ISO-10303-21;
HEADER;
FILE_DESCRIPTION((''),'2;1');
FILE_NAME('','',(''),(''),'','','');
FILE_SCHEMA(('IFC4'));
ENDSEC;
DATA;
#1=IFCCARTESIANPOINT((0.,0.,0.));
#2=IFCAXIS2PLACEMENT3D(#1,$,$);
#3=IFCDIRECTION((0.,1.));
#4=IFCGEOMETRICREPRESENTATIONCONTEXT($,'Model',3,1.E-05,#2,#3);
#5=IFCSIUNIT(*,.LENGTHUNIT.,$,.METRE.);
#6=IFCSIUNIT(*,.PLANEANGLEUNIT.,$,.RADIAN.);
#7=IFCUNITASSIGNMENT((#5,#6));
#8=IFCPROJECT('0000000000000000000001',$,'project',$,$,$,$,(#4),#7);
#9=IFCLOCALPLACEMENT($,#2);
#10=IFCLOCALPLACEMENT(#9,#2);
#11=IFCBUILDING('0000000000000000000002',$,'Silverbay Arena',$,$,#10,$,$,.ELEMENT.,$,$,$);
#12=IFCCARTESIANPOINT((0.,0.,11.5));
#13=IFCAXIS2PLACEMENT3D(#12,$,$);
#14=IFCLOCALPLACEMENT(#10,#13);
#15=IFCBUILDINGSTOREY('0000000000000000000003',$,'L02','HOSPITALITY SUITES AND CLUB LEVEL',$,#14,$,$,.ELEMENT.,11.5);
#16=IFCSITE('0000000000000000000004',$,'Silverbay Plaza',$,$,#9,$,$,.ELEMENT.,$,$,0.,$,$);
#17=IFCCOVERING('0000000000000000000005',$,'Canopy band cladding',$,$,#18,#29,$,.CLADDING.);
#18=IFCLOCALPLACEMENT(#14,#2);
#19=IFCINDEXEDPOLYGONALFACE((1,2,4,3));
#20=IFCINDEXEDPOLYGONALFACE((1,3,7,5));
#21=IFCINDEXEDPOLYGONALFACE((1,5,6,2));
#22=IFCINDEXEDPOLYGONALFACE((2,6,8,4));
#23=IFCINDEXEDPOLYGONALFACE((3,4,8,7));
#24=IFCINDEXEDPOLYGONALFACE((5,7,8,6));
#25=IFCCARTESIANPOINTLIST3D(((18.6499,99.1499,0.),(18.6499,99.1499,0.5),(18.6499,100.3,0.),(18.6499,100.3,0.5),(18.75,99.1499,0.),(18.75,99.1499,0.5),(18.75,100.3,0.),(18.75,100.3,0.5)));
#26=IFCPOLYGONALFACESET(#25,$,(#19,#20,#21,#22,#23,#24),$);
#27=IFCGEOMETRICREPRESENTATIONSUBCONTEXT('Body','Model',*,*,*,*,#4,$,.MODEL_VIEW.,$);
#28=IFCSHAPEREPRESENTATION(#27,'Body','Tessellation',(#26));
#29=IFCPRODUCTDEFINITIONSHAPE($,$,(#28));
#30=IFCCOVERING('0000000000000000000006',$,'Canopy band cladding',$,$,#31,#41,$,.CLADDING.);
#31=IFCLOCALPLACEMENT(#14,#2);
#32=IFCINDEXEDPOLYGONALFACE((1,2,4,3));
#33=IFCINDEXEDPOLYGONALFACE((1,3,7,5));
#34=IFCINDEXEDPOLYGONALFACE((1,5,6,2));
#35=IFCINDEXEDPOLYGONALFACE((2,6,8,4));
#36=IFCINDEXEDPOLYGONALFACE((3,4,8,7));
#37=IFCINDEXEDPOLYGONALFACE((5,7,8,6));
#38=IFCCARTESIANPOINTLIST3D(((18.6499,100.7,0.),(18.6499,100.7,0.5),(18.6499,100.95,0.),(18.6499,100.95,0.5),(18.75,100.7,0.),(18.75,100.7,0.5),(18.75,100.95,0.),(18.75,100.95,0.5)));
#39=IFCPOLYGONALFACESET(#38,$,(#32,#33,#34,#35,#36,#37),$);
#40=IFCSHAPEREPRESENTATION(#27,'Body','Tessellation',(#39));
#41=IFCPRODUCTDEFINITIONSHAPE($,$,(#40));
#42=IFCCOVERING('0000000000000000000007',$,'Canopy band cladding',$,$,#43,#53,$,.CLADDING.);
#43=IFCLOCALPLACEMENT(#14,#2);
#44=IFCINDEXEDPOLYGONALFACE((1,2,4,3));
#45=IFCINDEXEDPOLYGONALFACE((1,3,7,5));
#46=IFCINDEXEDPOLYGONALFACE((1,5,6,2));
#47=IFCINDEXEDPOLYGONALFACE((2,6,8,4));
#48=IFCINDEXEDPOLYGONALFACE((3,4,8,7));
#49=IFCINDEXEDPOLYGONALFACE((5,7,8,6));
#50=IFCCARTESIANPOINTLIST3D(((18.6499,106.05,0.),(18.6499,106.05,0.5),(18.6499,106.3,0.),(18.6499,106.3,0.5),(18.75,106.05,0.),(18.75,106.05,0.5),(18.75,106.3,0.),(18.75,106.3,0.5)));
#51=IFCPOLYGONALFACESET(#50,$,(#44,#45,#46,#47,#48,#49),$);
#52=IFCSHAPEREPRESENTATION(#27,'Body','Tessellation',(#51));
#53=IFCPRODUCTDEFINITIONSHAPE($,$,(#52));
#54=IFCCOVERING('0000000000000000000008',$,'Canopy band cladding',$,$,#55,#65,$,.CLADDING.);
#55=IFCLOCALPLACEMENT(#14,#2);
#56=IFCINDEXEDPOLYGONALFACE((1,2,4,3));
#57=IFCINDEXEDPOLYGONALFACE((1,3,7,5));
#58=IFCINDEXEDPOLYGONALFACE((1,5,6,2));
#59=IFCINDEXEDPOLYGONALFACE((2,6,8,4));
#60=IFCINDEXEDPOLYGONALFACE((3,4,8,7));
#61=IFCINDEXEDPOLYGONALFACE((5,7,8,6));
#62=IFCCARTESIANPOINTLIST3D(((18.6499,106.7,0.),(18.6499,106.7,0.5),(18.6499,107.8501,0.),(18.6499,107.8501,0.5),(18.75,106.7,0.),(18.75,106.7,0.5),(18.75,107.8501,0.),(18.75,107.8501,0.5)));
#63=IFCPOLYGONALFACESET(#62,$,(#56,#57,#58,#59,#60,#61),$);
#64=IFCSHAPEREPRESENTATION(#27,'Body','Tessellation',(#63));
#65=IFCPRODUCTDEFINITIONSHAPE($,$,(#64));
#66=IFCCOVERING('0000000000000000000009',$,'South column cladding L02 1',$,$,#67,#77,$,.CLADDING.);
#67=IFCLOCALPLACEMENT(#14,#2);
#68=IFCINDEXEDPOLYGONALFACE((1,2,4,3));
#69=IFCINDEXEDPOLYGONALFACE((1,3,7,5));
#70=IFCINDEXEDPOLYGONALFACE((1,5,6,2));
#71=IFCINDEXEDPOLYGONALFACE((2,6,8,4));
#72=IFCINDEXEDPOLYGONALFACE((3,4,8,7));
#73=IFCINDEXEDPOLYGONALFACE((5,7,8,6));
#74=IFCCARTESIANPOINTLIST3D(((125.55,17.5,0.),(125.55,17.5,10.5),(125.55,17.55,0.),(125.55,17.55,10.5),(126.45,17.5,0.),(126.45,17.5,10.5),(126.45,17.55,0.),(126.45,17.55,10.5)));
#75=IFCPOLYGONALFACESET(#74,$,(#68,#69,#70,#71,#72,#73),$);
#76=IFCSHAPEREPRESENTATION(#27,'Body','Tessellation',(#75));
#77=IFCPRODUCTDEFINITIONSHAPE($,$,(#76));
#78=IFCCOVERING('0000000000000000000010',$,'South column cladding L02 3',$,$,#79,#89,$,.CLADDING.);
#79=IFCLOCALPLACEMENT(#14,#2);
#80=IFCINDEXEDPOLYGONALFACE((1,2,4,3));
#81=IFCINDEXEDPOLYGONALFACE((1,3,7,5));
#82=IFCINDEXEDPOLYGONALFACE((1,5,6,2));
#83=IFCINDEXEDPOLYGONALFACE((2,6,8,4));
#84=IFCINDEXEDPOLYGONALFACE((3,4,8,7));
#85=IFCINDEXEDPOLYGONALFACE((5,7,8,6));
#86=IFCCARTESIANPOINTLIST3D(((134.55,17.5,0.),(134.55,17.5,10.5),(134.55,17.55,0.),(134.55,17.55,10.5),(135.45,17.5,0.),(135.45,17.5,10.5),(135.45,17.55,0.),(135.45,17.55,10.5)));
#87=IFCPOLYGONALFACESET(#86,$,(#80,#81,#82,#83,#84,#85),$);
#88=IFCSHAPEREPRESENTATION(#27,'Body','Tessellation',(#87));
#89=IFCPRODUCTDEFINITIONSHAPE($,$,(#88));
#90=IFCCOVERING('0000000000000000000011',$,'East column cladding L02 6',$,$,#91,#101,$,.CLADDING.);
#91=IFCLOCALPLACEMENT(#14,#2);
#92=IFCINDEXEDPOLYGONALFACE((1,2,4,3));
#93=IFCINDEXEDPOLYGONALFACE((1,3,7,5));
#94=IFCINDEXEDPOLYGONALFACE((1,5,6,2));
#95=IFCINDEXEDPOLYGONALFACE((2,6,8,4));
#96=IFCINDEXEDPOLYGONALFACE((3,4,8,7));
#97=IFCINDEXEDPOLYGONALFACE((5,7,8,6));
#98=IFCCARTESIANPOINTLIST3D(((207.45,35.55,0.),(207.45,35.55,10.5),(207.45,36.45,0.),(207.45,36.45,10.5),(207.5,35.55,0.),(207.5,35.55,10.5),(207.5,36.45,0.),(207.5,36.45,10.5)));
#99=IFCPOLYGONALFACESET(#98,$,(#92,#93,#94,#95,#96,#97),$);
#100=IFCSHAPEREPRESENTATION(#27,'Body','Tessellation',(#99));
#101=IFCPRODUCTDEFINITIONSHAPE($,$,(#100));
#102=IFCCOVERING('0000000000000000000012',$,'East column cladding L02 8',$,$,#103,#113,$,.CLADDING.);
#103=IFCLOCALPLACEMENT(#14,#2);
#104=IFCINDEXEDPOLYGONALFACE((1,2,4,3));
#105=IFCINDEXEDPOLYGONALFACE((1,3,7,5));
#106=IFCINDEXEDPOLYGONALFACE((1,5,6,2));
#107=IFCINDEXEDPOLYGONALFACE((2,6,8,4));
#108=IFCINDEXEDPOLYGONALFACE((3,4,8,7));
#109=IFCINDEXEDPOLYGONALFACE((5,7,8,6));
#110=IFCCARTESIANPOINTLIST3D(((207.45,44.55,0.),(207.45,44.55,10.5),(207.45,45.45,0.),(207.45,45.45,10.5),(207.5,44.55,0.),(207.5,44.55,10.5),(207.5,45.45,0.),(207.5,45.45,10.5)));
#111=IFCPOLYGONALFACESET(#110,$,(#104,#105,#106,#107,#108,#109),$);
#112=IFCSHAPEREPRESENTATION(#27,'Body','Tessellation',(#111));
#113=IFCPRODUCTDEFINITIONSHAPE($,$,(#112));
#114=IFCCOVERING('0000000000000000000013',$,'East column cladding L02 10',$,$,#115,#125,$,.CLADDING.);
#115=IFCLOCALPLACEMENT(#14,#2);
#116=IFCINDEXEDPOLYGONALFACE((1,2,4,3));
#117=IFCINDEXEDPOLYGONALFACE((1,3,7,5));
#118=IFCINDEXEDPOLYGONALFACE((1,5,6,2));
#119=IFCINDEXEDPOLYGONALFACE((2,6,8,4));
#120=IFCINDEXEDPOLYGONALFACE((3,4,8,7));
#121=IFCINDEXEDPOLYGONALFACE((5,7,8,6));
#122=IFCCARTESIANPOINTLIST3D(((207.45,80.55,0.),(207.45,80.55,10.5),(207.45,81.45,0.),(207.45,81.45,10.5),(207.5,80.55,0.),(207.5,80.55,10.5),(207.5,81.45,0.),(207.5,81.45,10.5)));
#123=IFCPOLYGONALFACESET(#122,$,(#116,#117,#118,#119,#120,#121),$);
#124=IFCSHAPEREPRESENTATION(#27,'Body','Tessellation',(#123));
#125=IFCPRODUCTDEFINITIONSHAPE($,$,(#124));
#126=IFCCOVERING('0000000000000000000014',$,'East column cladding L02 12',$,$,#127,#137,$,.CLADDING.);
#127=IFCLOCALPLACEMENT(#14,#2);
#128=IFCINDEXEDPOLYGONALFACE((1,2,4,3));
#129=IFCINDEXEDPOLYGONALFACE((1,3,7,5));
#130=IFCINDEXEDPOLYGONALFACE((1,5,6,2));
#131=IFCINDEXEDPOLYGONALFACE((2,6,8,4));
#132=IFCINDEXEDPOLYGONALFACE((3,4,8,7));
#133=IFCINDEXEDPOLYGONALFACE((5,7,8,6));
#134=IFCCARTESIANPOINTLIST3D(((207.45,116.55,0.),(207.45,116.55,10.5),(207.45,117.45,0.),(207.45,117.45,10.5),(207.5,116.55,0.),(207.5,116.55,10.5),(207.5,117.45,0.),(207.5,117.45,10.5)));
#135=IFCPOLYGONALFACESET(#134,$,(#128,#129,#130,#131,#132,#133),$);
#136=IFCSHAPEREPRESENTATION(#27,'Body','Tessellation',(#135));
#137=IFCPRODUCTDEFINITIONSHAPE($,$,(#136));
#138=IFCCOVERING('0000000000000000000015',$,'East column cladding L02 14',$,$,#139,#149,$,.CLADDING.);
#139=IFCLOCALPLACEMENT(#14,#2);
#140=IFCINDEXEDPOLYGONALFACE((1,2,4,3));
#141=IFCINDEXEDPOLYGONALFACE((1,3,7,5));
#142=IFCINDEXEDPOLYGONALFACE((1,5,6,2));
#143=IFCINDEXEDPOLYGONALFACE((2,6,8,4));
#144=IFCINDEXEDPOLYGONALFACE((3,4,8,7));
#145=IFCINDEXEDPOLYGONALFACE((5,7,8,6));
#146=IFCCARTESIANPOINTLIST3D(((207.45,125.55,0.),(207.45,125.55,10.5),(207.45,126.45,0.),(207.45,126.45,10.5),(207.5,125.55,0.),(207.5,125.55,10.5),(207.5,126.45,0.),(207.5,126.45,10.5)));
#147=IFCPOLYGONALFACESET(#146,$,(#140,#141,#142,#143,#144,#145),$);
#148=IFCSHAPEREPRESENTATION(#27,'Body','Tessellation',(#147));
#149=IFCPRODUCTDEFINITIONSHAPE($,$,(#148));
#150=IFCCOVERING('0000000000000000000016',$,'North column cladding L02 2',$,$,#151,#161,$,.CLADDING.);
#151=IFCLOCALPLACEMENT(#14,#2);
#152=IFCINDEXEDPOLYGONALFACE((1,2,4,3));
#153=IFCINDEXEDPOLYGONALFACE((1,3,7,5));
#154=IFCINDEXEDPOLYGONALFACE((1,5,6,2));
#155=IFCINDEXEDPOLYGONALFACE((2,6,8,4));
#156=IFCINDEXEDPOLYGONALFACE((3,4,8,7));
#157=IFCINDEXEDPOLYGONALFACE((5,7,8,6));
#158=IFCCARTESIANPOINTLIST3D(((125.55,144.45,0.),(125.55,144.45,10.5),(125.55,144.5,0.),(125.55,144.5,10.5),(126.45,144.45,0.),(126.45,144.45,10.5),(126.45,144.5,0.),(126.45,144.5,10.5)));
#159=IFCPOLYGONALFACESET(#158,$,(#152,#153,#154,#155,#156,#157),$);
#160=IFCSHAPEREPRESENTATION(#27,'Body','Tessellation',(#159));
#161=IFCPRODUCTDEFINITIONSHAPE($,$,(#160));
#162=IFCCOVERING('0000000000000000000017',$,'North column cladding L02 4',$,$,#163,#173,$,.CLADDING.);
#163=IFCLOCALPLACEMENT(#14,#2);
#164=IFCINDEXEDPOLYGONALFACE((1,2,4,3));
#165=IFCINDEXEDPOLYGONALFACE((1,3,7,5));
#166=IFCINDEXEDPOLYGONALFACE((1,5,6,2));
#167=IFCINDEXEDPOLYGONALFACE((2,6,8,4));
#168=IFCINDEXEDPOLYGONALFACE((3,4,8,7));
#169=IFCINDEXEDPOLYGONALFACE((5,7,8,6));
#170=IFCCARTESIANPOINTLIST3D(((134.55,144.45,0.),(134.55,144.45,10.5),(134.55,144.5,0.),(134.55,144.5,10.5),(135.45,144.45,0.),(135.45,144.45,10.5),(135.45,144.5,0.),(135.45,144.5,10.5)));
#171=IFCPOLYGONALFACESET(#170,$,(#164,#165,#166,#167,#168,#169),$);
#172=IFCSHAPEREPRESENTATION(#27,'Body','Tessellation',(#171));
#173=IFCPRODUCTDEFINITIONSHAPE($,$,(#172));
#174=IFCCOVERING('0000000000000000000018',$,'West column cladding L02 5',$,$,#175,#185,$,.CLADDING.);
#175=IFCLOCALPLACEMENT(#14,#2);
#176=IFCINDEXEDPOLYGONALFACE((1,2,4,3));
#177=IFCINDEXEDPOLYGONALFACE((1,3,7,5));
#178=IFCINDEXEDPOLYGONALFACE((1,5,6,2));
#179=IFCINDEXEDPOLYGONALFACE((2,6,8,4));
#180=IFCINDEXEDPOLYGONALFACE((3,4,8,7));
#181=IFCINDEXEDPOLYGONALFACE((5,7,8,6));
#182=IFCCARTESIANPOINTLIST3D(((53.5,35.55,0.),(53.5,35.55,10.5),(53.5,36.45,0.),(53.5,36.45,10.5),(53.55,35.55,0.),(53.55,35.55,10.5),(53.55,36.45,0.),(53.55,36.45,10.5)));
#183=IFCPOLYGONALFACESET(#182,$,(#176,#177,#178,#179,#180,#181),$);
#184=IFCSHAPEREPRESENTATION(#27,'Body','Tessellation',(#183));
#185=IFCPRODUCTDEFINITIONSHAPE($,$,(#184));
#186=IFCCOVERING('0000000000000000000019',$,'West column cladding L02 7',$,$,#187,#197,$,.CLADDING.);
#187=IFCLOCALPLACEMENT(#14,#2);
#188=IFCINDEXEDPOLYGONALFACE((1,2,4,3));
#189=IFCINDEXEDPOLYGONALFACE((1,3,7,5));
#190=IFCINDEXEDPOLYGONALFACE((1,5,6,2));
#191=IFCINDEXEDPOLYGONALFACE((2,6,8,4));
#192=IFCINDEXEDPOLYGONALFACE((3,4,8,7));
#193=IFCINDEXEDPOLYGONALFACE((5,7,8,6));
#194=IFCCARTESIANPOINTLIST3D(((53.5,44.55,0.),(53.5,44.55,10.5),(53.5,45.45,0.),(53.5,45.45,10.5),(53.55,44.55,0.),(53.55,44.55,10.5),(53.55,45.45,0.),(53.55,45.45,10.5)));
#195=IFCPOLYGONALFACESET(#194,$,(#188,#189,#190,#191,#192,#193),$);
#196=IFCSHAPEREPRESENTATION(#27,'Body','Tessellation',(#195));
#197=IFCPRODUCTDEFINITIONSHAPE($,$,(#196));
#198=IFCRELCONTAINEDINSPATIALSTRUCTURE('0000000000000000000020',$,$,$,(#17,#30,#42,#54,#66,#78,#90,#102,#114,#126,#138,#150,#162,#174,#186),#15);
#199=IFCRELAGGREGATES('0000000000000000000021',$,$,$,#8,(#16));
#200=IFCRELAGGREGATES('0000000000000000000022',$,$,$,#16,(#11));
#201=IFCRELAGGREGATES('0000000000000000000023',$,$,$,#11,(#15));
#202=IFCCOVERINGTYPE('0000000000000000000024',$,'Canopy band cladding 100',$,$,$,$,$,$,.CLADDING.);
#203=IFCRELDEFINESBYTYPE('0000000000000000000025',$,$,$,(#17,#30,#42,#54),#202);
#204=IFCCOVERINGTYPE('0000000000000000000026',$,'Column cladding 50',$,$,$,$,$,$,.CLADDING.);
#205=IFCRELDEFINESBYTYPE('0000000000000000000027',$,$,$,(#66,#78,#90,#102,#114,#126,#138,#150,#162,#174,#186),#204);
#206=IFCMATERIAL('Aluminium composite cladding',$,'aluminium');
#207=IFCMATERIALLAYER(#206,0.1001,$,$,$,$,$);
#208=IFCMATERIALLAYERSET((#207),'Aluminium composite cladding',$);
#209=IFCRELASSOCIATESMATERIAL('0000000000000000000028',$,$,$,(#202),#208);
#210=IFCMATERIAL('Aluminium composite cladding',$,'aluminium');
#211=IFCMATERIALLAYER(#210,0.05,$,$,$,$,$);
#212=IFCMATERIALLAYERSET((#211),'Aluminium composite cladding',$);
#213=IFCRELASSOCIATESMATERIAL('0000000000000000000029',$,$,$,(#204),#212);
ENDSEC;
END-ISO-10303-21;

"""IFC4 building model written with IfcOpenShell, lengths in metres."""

from ifc_helpers import new_model, si_unit, direction, frame, origin, place, context, subcontext, project, spatial, polyline, outline, extrude, material, layer, layer_set, type_object, element, save


model = new_model("IFC4")

# Units and contexts
model_context = context("Model", 3, precision=1e-05, world=origin(), true_north=direction((0.0, 1.0)))
body_context = subcontext(model_context, "Body", "Model", "MODEL_VIEW")
ifc_project = project(units=[si_unit("LENGTHUNIT", "METRE"), si_unit("PLANEANGLEUNIT", "RADIAN")], contexts=[model_context])

# Site, building, storey
site_placement = place(None, origin())
site = spatial("IfcSite", under=ifc_project, at=site_placement, Name="Silverbay Plaza", CompositionType="ELEMENT", RefElevation=0.0)
building_placement = place(site_placement, origin())
building = spatial("IfcBuilding", under=site, at=building_placement, Name="Silverbay Arena", CompositionType="ELEMENT")
storey_placement = place(building_placement, frame((0.0, 0.0, 11.5)))
storey = spatial("IfcBuildingStorey", under=building, at=storey_placement, Name="L02", Description="HOSPITALITY SUITES AND CLUB LEVEL", CompositionType="ELEMENT", Elevation=11.5)

# Coverings
ifc_material_1 = material(Name="Aluminium composite cladding", Category="aluminium")
ifc_layer_1 = layer(ifc_material_1, 0.1001)
ifc_layer_set_1 = layer_set([ifc_layer_1], Name="Aluminium composite cladding")
covering_type_1 = type_object("IfcCoveringType", Name="Canopy band cladding 100", PredefinedType="CLADDING", material=ifc_layer_set_1)
covering_1_placement = place(storey_placement, origin())
element("IfcCovering", 1, at=covering_1_placement, inside=storey, type_object=covering_type_1, Name="Canopy band cladding", PredefinedType="CLADDING", context=body_context, shape_type="SweptSolid", body=[
    extrude(outline(polyline([(18.6499, 99.1499), (18.75, 99.1499), (18.75, 100.3), (18.6499, 100.3), (18.6499, 99.1499)])), origin(), (0.0, 0.0, 1.0), 0.5),
])
covering_2_placement = place(storey_placement, origin())
element("IfcCovering", 2, at=covering_2_placement, inside=storey, type_object=covering_type_1, Name="Canopy band cladding", PredefinedType="CLADDING", context=body_context, shape_type="SweptSolid", body=[
    extrude(outline(polyline([(18.6499, 100.7), (18.75, 100.7), (18.75, 100.95), (18.6499, 100.95), (18.6499, 100.7)])), origin(), (0.0, 0.0, 1.0), 0.5),
])
covering_3_placement = place(storey_placement, origin())
element("IfcCovering", 3, at=covering_3_placement, inside=storey, type_object=covering_type_1, Name="Canopy band cladding", PredefinedType="CLADDING", context=body_context, shape_type="SweptSolid", body=[
    extrude(outline(polyline([(18.6499, 106.05), (18.75, 106.05), (18.75, 106.3), (18.6499, 106.3), (18.6499, 106.05)])), origin(), (0.0, 0.0, 1.0), 0.5),
])
covering_4_placement = place(storey_placement, origin())
element("IfcCovering", 4, at=covering_4_placement, inside=storey, type_object=covering_type_1, Name="Canopy band cladding", PredefinedType="CLADDING", context=body_context, shape_type="SweptSolid", body=[
    extrude(outline(polyline([(18.6499, 106.7), (18.75, 106.7), (18.75, 107.8501), (18.6499, 107.8501), (18.6499, 106.7)])), origin(), (0.0, 0.0, 1.0), 0.5),
])
ifc_material_2 = material(Name="Aluminium composite cladding", Category="aluminium")
ifc_layer_2 = layer(ifc_material_2, 0.05)
ifc_layer_set_2 = layer_set([ifc_layer_2], Name="Aluminium composite cladding")
covering_type_2 = type_object("IfcCoveringType", Name="Column cladding 50", PredefinedType="CLADDING", material=ifc_layer_set_2)
covering_5_placement = place(storey_placement, origin())
element("IfcCovering", 5, at=covering_5_placement, inside=storey, type_object=covering_type_2, Name="South column cladding L02 1", PredefinedType="CLADDING", context=body_context, shape_type="SweptSolid", body=[
    extrude(outline(polyline([(125.55, 17.5), (126.45, 17.5), (126.45, 17.55), (125.55, 17.55), (125.55, 17.5)])), origin(), (0.0, 0.0, 1.0), 10.5),
])
covering_6_placement = place(storey_placement, origin())
element("IfcCovering", 6, at=covering_6_placement, inside=storey, type_object=covering_type_2, Name="South column cladding L02 3", PredefinedType="CLADDING", context=body_context, shape_type="SweptSolid", body=[
    extrude(outline(polyline([(134.55, 17.5), (135.45, 17.5), (135.45, 17.55), (134.55, 17.55), (134.55, 17.5)])), origin(), (0.0, 0.0, 1.0), 10.5),
])
covering_7_placement = place(storey_placement, origin())
element("IfcCovering", 7, at=covering_7_placement, inside=storey, type_object=covering_type_2, Name="East column cladding L02 6", PredefinedType="CLADDING", context=body_context, shape_type="SweptSolid", body=[
    extrude(outline(polyline([(207.45, 35.55), (207.5, 35.55), (207.5, 36.45), (207.45, 36.45), (207.45, 35.55)])), origin(), (0.0, 0.0, 1.0), 10.5),
])
covering_8_placement = place(storey_placement, origin())
element("IfcCovering", 8, at=covering_8_placement, inside=storey, type_object=covering_type_2, Name="East column cladding L02 8", PredefinedType="CLADDING", context=body_context, shape_type="SweptSolid", body=[
    extrude(outline(polyline([(207.45, 44.55), (207.5, 44.55), (207.5, 45.45), (207.45, 45.45), (207.45, 44.55)])), origin(), (0.0, 0.0, 1.0), 10.5),
])
covering_9_placement = place(storey_placement, origin())
element("IfcCovering", 9, at=covering_9_placement, inside=storey, type_object=covering_type_2, Name="East column cladding L02 10", PredefinedType="CLADDING", context=body_context, shape_type="SweptSolid", body=[
    extrude(outline(polyline([(207.45, 80.55), (207.5, 80.55), (207.5, 81.45), (207.45, 81.45), (207.45, 80.55)])), origin(), (0.0, 0.0, 1.0), 10.5),
])
covering_10_placement = place(storey_placement, origin())
element("IfcCovering", 10, at=covering_10_placement, inside=storey, type_object=covering_type_2, Name="East column cladding L02 12", PredefinedType="CLADDING", context=body_context, shape_type="SweptSolid", body=[
    extrude(outline(polyline([(207.45, 116.55), (207.5, 116.55), (207.5, 117.45), (207.45, 117.45), (207.45, 116.55)])), origin(), (0.0, 0.0, 1.0), 10.5),
])
covering_11_placement = place(storey_placement, origin())
element("IfcCovering", 11, at=covering_11_placement, inside=storey, type_object=covering_type_2, Name="East column cladding L02 14", PredefinedType="CLADDING", context=body_context, shape_type="SweptSolid", body=[
    extrude(outline(polyline([(207.45, 125.55), (207.5, 125.55), (207.5, 126.45), (207.45, 126.45), (207.45, 125.55)])), origin(), (0.0, 0.0, 1.0), 10.5),
])
covering_12_placement = place(storey_placement, origin())
element("IfcCovering", 12, at=covering_12_placement, inside=storey, type_object=covering_type_2, Name="North column cladding L02 2", PredefinedType="CLADDING", context=body_context, shape_type="SweptSolid", body=[
    extrude(outline(polyline([(125.55, 144.45), (126.45, 144.45), (126.45, 144.5), (125.55, 144.5), (125.55, 144.45)])), origin(), (0.0, 0.0, 1.0), 10.5),
])
covering_13_placement = place(storey_placement, origin())
element("IfcCovering", 13, at=covering_13_placement, inside=storey, type_object=covering_type_2, Name="North column cladding L02 4", PredefinedType="CLADDING", context=body_context, shape_type="SweptSolid", body=[
    extrude(outline(polyline([(134.55, 144.45), (135.45, 144.45), (135.45, 144.5), (134.55, 144.5), (134.55, 144.45)])), origin(), (0.0, 0.0, 1.0), 10.5),
])
covering_14_placement = place(storey_placement, origin())
element("IfcCovering", 14, at=covering_14_placement, inside=storey, type_object=covering_type_2, Name="West column cladding L02 5", PredefinedType="CLADDING", context=body_context, shape_type="SweptSolid", body=[
    extrude(outline(polyline([(53.5, 35.55), (53.55, 35.55), (53.55, 36.45), (53.5, 36.45), (53.5, 35.55)])), origin(), (0.0, 0.0, 1.0), 10.5),
])
covering_15_placement = place(storey_placement, origin())
element("IfcCovering", 15, at=covering_15_placement, inside=storey, type_object=covering_type_2, Name="West column cladding L02 7", PredefinedType="CLADDING", context=body_context, shape_type="SweptSolid", body=[
    extrude(outline(polyline([(53.5, 44.55), (53.55, 44.55), (53.55, 45.45), (53.5, 45.45), (53.5, 44.55)])), origin(), (0.0, 0.0, 1.0), 10.5),
])

save(model, "model.ifc")
